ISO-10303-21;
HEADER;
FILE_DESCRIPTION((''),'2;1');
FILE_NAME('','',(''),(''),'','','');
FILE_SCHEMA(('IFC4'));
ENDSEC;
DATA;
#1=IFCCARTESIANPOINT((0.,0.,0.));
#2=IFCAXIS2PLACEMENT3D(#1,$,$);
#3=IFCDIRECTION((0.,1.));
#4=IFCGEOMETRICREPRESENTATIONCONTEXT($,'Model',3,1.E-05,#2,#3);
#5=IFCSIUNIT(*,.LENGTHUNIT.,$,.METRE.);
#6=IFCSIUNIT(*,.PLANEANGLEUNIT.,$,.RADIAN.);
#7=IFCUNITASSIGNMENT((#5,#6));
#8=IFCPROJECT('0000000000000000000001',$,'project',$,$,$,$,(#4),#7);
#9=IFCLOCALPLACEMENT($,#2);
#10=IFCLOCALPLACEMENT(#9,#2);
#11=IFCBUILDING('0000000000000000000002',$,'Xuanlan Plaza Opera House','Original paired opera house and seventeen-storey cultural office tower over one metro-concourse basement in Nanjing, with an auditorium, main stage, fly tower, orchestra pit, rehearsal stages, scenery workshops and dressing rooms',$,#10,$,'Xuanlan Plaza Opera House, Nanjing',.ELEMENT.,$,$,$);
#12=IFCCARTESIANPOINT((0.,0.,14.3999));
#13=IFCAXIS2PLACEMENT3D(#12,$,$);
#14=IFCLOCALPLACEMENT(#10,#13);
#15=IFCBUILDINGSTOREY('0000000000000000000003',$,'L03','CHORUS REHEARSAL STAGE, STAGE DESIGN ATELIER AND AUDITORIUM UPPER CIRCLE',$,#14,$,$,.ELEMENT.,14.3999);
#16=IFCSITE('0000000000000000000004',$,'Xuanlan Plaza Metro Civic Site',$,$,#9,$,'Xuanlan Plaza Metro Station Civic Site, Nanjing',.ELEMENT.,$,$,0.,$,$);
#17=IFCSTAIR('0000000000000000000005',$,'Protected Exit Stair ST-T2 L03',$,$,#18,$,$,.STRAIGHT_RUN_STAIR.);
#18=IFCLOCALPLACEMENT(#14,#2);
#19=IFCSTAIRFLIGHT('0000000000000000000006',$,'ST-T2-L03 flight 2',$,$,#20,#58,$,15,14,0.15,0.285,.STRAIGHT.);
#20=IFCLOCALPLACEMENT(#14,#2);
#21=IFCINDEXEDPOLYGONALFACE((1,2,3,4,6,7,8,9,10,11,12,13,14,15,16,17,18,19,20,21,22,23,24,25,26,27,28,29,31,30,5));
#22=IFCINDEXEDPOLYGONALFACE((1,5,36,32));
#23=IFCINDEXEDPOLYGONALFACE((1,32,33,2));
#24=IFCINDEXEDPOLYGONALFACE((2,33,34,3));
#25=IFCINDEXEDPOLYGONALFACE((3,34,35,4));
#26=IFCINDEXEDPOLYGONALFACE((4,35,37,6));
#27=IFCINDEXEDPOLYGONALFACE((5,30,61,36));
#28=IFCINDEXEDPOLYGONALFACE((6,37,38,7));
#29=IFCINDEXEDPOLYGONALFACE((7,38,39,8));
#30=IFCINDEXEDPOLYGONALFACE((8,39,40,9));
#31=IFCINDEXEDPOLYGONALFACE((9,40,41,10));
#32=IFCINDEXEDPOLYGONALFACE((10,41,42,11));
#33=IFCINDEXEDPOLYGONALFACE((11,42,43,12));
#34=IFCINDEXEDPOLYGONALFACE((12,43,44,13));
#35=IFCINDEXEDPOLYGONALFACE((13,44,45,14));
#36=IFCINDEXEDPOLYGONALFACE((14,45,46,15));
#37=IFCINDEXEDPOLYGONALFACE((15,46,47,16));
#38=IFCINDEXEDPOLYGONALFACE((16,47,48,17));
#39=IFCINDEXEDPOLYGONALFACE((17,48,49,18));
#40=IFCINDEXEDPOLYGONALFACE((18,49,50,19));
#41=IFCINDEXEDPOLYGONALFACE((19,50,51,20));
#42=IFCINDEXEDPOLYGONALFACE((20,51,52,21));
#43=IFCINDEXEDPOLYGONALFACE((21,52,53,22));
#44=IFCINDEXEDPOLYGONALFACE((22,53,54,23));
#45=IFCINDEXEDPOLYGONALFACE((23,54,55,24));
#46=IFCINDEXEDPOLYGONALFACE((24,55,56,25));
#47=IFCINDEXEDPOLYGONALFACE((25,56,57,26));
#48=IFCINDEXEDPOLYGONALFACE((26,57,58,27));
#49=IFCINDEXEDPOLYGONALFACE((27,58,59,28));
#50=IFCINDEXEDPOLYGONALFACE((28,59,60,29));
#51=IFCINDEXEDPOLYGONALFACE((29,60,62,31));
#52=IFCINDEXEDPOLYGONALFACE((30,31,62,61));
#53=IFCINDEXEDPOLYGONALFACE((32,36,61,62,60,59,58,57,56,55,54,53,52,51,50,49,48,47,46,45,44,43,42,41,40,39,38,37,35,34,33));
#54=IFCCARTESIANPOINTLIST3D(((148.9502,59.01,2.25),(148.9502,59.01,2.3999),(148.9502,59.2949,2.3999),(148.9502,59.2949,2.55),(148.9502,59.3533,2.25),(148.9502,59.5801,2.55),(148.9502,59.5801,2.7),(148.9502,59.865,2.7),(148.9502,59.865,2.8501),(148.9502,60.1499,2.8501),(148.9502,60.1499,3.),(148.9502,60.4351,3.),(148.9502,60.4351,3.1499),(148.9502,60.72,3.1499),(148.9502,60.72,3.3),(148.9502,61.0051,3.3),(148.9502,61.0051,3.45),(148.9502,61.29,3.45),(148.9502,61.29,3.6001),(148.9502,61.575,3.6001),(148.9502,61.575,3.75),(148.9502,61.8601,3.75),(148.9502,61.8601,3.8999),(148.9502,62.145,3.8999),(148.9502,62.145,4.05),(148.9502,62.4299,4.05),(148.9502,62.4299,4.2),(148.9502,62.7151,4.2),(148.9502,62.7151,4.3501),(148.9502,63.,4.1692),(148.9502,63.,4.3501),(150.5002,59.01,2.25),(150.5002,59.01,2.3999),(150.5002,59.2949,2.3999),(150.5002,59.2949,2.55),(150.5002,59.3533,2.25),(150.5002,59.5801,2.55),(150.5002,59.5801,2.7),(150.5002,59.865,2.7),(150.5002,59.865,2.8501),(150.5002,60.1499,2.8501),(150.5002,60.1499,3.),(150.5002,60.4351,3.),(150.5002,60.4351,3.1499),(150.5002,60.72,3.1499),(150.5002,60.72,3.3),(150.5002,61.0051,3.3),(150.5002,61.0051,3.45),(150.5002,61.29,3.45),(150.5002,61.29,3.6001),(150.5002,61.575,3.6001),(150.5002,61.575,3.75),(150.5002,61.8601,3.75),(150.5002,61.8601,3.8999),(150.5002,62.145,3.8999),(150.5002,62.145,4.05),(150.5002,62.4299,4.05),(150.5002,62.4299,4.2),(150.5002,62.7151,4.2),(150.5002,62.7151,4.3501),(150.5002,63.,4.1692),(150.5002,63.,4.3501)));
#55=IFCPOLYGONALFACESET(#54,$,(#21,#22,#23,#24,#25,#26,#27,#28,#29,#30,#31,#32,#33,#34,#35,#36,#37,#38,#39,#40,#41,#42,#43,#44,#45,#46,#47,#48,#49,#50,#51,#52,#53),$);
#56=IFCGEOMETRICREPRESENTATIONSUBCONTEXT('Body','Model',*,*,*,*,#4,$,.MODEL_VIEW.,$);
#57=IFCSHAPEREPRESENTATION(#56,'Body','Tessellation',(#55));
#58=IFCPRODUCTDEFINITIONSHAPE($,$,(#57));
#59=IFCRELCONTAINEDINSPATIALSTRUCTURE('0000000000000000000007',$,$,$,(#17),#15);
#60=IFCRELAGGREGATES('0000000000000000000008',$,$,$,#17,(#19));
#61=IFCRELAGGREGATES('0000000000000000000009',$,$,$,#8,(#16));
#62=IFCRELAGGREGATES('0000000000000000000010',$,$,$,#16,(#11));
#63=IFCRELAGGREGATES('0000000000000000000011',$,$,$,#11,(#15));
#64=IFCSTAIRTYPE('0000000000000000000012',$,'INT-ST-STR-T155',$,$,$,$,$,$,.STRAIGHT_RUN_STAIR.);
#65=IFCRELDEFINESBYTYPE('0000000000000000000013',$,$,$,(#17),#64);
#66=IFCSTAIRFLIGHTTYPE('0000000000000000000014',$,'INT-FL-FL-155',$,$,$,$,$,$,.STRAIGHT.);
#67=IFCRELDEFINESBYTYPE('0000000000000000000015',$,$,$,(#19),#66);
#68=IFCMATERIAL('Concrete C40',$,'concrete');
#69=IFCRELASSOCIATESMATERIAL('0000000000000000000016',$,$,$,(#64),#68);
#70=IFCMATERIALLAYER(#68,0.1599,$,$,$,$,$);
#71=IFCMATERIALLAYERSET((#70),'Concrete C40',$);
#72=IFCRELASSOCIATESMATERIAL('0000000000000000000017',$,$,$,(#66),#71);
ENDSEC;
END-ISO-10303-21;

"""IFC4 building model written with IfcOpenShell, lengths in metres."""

from ifc_helpers import new_model, si_unit, direction, frame, origin, place, context, subcontext, project, spatial, polyline, outline, extrude, material, layer, layer_set, type_object, element, aggregate, save


model = new_model("IFC4")

# Units and contexts
model_context = context("Model", 3, precision=1e-05, world=origin(), true_north=direction((0.0, 1.0)))
body_context = subcontext(model_context, "Body", "Model", "MODEL_VIEW")
ifc_project = project(units=[si_unit("LENGTHUNIT", "METRE"), si_unit("PLANEANGLEUNIT", "RADIAN")], contexts=[model_context])

# Site, building, storey
site_placement = place(None, origin())
site = spatial("IfcSite", under=ifc_project, at=site_placement, Name="Xuanlan Plaza Metro Civic Site", LongName="Xuanlan Plaza Metro Station Civic Site, Nanjing", CompositionType="ELEMENT", RefElevation=0.0)
building_placement = place(site_placement, origin())
building = spatial("IfcBuilding", under=site, at=building_placement, Name="Xuanlan Plaza Opera House", Description="Original paired opera house and seventeen-storey cultural office tower over one metro-concourse basement in Nanjing, with an auditorium, main stage, fly tower, orchestra pit, rehearsal stages, scenery workshops and dressing rooms", LongName="Xuanlan Plaza Opera House, Nanjing", CompositionType="ELEMENT")
storey_placement = place(building_placement, frame((0.0, 0.0, 14.3999)))
storey = spatial("IfcBuildingStorey", under=building, at=storey_placement, Name="L03", Description="CHORUS REHEARSAL STAGE, STAGE DESIGN ATELIER AND AUDITORIUM UPPER CIRCLE", CompositionType="ELEMENT", Elevation=14.3999)

# Shared definitions
ifc_material_1 = material(Name="Concrete C40", Category="concrete")

# Stair, stair flight
stair_type = type_object("IfcStairType", Name="INT-ST-STR-T155", PredefinedType="STRAIGHT_RUN_STAIR", material=ifc_material_1)
stair_placement = place(storey_placement, origin())
stair = element("IfcStair", 1, at=stair_placement, inside=storey, type_object=stair_type, Name="Protected Exit Stair ST-T2 L03", PredefinedType="STRAIGHT_RUN_STAIR")
ifc_layer_1 = layer(ifc_material_1, 0.1599)
ifc_layer_set_1 = layer_set([ifc_layer_1], Name="Concrete C40")
stair_flight_type = type_object("IfcStairFlightType", Name="INT-FL-FL-155", PredefinedType="STRAIGHT", material=ifc_layer_set_1)
stair_flight_placement = place(storey_placement, frame((149.7251, 59.01, 2.25), z_axis=(0.0, 0.0, 1.0), x_axis=(0.0, 1.0, 0.0)))
stair_flight = element("IfcStairFlight", 2, at=stair_flight_placement, type_object=stair_flight_type, Name="ST-T2-L03 flight 2", NumberOfRisers=15, NumberOfTreads=14, PredefinedType="STRAIGHT", RiserHeight=0.15, TreadLength=0.285, context=body_context, shape_type="SweptSolid", body=[
    extrude(outline(polyline([(0.0, 0.0), (0.0, 0.1499), (0.2849, 0.1499), (0.2849, 0.3), (0.5701, 0.3), (0.5701, 0.45), (0.855, 0.45), (0.855, 0.6001), (1.1399, 0.6001), (1.1399, 0.75), (1.425, 0.75), (1.425, 0.8999), (1.71, 0.8999), (1.71, 1.05), (1.9951, 1.05), (1.9951, 1.2), (2.28, 1.2), (2.28, 1.3501), (2.5649, 1.3501), (2.5649, 1.5), (2.8501, 1.5), (2.8501, 1.6499), (3.135, 1.6499), (3.135, 1.8), (3.4199, 1.8), (3.4199, 1.95), (3.7051, 1.95), (3.7051, 2.1001), (3.99, 2.1001), (3.99, 2.25), (3.99, 1.9192), (0.3433, 0.0), (0.0, 0.0)])), frame((0.0, 0.7749, 0.0), z_axis=(0.0, -1.0, 0.0), x_axis=(1.0, 0.0, 0.0)), (0.0, 0.0, 1.0), 1.55),
])
aggregate(stair, [stair_flight])

save(model, "model.ifc")
